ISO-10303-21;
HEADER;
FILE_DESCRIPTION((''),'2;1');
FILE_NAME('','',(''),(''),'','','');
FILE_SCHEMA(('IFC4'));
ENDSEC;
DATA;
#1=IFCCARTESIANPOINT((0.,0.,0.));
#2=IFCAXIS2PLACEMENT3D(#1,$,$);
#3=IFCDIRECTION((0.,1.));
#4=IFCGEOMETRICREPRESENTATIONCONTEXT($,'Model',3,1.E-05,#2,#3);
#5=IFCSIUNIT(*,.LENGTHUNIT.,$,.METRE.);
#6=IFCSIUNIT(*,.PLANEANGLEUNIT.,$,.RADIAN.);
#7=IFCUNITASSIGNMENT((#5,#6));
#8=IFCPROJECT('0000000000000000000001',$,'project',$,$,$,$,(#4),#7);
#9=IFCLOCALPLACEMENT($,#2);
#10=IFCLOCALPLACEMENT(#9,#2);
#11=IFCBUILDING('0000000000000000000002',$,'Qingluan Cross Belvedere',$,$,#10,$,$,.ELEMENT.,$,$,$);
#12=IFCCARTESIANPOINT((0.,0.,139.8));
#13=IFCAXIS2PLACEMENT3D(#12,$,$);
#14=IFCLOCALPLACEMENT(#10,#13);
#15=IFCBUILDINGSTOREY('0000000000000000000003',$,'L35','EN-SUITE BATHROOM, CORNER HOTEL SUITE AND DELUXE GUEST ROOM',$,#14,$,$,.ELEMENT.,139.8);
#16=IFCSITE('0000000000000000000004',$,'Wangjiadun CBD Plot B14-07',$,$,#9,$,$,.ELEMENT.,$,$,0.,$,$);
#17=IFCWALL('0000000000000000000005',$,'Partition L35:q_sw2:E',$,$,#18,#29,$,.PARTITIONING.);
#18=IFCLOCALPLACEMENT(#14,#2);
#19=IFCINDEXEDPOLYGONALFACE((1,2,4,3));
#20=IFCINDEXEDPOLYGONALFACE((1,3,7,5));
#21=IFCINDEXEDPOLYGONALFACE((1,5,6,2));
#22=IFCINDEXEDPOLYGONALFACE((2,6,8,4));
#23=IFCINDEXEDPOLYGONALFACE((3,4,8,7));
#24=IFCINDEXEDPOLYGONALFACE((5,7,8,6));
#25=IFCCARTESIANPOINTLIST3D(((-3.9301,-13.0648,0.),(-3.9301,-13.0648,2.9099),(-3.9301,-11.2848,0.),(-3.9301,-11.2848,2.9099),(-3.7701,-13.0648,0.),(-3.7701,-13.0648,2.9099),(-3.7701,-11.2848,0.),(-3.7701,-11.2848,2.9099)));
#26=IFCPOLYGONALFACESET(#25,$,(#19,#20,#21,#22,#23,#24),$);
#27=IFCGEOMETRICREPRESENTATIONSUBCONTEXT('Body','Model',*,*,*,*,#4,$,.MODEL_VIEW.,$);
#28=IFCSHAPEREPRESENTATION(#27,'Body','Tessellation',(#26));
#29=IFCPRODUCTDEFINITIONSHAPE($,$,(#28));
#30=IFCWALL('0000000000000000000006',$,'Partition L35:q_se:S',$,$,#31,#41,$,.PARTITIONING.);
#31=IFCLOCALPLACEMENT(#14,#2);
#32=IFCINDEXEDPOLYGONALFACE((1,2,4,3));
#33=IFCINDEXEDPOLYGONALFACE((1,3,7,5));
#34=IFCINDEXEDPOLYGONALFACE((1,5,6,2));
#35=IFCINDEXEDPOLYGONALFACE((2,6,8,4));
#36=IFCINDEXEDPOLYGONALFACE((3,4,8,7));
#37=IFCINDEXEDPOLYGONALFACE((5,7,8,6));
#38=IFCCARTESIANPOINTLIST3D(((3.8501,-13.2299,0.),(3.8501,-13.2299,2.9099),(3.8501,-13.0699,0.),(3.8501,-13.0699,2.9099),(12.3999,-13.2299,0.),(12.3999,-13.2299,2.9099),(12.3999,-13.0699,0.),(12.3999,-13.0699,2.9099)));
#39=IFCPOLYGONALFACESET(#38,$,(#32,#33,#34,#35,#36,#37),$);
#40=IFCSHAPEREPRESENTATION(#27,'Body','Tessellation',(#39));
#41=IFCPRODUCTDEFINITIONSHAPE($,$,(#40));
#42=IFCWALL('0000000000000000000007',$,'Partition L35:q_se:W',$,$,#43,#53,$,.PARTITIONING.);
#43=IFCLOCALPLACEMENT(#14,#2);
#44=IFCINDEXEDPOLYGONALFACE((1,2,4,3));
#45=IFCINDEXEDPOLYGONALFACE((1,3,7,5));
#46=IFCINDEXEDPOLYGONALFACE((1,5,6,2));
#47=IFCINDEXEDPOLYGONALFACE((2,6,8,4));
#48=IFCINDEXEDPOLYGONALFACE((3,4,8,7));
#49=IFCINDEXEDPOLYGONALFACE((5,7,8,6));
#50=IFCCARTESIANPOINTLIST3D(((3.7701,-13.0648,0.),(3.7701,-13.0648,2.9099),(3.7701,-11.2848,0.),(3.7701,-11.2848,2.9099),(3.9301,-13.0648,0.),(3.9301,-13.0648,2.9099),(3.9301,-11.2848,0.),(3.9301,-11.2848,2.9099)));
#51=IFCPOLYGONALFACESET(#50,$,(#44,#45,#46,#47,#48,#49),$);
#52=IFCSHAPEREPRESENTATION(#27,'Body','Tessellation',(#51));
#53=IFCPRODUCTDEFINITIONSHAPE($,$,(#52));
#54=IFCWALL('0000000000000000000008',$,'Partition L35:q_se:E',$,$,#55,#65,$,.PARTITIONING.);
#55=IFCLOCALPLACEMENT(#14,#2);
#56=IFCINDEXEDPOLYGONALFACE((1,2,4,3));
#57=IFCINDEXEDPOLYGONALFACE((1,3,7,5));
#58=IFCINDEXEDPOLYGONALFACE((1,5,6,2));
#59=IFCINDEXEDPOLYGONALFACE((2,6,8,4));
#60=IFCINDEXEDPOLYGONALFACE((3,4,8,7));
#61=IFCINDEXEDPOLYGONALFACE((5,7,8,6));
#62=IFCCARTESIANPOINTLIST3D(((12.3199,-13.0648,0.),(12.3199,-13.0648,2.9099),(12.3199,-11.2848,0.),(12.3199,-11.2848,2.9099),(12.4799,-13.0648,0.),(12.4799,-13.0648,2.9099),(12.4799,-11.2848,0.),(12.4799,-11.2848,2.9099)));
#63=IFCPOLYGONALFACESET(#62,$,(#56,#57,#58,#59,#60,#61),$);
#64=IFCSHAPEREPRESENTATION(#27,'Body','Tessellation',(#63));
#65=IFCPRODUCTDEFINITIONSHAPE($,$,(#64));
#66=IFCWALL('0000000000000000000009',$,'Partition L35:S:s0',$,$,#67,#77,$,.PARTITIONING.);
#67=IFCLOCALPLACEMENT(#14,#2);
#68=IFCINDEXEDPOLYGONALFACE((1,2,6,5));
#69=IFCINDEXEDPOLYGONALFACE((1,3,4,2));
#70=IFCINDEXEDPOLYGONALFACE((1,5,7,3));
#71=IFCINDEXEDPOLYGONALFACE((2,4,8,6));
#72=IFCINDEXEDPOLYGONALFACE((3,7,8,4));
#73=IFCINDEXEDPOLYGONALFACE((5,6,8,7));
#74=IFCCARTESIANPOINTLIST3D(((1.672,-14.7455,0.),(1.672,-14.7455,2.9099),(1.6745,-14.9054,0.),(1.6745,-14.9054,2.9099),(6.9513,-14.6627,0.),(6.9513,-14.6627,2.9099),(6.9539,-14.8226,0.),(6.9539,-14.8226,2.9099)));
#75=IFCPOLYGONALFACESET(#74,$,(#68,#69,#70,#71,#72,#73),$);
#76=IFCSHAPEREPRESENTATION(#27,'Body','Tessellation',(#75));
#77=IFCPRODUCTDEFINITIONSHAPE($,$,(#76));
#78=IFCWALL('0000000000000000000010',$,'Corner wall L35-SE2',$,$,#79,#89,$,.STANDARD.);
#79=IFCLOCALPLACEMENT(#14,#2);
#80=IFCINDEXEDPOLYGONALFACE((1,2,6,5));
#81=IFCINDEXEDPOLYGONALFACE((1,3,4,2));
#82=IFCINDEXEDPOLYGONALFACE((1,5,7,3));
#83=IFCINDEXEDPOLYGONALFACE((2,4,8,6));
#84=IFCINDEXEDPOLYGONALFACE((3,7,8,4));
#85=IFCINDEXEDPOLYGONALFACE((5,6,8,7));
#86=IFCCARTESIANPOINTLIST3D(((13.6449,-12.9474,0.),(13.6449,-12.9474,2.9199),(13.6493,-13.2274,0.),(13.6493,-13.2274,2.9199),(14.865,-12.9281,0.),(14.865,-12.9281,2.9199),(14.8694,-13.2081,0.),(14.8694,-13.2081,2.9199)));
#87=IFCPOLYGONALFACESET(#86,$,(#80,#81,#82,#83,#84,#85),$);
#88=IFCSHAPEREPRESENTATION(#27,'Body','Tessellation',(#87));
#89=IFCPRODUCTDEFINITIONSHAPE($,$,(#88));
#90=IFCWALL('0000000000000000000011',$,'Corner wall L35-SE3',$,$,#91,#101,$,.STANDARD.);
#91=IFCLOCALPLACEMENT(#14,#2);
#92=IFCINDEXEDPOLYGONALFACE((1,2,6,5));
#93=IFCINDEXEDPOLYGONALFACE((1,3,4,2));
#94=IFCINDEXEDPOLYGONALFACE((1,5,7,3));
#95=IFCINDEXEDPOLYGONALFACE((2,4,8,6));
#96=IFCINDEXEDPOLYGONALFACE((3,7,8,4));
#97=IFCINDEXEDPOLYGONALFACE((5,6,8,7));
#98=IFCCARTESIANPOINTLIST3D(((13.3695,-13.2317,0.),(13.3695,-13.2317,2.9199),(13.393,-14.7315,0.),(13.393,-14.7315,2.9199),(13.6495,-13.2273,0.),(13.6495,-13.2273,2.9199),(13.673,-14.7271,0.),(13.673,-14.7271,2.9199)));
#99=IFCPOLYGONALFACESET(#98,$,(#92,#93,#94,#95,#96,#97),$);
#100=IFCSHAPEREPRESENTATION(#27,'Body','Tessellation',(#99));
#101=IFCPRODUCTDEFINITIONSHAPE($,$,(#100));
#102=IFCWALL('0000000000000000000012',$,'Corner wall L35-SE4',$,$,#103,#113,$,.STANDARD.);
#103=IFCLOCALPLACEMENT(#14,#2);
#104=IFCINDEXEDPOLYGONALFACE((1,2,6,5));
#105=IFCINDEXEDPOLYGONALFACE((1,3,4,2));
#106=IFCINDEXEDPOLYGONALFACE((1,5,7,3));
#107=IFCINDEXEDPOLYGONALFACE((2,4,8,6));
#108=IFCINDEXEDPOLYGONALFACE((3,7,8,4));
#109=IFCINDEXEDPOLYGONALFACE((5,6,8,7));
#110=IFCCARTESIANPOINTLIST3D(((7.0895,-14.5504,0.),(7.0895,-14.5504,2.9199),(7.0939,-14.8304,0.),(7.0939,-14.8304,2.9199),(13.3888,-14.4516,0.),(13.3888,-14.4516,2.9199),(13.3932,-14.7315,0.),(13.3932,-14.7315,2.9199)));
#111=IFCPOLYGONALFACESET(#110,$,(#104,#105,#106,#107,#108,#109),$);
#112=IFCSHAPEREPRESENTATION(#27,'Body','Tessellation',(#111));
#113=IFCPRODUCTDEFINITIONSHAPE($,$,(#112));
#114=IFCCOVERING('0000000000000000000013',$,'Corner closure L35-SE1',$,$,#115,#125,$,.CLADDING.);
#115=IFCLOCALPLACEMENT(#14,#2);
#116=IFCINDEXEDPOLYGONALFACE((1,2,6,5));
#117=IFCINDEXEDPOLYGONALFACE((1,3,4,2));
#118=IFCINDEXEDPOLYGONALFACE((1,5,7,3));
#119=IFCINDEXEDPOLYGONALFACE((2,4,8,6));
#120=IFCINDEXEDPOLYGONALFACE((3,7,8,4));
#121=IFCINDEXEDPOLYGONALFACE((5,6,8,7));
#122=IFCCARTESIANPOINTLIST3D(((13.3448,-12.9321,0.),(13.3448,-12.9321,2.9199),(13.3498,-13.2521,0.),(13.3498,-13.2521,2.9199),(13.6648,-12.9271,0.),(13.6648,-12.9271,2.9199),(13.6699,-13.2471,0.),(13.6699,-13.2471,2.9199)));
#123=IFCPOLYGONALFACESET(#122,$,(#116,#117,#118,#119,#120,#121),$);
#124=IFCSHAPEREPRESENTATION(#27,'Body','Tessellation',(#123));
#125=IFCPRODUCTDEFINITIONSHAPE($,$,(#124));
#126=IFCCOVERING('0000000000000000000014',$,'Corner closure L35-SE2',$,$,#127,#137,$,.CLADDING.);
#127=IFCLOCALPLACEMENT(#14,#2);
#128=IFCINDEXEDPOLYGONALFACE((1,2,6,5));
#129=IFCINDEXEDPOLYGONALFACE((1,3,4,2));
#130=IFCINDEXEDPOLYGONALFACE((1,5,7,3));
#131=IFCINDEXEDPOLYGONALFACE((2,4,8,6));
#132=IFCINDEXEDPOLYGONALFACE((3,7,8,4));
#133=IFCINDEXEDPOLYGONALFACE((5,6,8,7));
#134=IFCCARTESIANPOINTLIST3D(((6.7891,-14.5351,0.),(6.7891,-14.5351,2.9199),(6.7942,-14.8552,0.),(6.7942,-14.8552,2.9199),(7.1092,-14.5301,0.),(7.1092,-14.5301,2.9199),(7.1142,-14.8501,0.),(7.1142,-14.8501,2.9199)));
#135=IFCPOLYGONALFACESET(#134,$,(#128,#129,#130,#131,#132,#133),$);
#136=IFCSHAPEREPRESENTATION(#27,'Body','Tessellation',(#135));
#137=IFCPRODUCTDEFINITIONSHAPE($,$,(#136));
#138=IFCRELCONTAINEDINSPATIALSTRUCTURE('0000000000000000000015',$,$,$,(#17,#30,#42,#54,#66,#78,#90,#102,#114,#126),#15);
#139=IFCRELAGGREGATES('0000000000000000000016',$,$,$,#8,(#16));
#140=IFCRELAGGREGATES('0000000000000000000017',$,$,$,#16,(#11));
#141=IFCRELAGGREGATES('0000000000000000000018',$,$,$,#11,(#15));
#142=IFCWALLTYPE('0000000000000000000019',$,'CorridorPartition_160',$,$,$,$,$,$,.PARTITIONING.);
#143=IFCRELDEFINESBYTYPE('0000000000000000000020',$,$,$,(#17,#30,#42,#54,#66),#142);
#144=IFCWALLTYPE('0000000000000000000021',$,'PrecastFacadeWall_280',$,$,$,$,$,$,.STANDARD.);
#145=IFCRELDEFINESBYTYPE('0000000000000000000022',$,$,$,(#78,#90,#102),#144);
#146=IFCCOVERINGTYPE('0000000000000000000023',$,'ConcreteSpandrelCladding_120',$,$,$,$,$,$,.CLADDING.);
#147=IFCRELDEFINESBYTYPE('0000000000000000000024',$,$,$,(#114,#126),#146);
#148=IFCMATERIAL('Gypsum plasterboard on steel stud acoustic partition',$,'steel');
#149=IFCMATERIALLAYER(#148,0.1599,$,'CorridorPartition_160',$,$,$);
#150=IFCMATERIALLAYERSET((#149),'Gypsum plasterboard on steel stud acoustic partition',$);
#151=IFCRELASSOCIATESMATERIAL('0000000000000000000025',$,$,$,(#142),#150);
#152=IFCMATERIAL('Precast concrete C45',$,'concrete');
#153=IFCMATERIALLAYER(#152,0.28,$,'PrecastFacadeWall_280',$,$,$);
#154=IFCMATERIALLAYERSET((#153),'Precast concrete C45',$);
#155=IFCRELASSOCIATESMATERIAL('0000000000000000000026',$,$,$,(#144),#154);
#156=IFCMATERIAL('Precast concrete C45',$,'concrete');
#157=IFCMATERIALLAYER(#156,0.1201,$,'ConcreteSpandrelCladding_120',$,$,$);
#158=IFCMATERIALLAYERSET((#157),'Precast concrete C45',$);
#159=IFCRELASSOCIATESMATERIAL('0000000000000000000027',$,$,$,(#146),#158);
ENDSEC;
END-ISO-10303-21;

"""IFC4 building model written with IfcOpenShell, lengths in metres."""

from ifc_helpers import new_model, si_unit, direction, frame, frame_2d, origin, origin_2d, place, context, subcontext, project, spatial, rectangle, extrude, material, layer, layer_set, type_object, element, save


model = new_model("IFC4")

# Units and contexts
model_context = context("Model", 3, precision=1e-05, world=origin(), true_north=direction((0.0, 1.0)))
body_context = subcontext(model_context, "Body", "Model", "MODEL_VIEW")
ifc_project = project(units=[si_unit("LENGTHUNIT", "METRE"), si_unit("PLANEANGLEUNIT", "RADIAN")], contexts=[model_context])

# Site, building, storey
site_placement = place(None, origin())
site = spatial("IfcSite", under=ifc_project, at=site_placement, Name="Wangjiadun CBD Plot B14-07", CompositionType="ELEMENT", RefElevation=0.0)
building_placement = place(site_placement, origin())
building = spatial("IfcBuilding", under=site, at=building_placement, Name="Qingluan Cross Belvedere", CompositionType="ELEMENT")
storey_placement = place(building_placement, frame((0.0, 0.0, 139.8)))
storey = spatial("IfcBuildingStorey", under=building, at=storey_placement, Name="L35", Description="EN-SUITE BATHROOM, CORNER HOTEL SUITE AND DELUXE GUEST ROOM", CompositionType="ELEMENT", Elevation=139.8)

# Walls
ifc_material_1 = material(Name="Gypsum plasterboard on steel stud acoustic partition", Category="steel")
ifc_layer_1 = layer(ifc_material_1, 0.1599, Name="CorridorPartition_160")
ifc_layer_set_1 = layer_set([ifc_layer_1], Name="Gypsum plasterboard on steel stud acoustic partition")
wall_type_1 = type_object("IfcWallType", Name="CorridorPartition_160", PredefinedType="PARTITIONING", material=ifc_layer_set_1)
wall_1_placement = place(storey_placement, frame((-3.8501, -13.0649, 0.0), z_axis=(0.0, 0.0, 1.0), x_axis=(0.0, 1.0, 0.0)))
element("IfcWall", 1, at=wall_1_placement, inside=storey, type_object=wall_type_1, Name="Partition L35:q_sw2:E", PredefinedType="PARTITIONING", context=body_context, shape_type="SweptSolid", body=[
    extrude(rectangle(XDim=1.78, YDim=0.1599, at=frame_2d((0.8901, 0.0))), origin(), (0.0, 0.0, 1.0), 2.9099),
])
wall_2_placement = place(storey_placement, frame((3.8501, -13.1499, 0.0), z_axis=(0.0, 0.0, 1.0), x_axis=(1.0, 0.0, 0.0)))
element("IfcWall", 2, at=wall_2_placement, inside=storey, type_object=wall_type_1, Name="Partition L35:q_se:S", PredefinedType="PARTITIONING", context=body_context, shape_type="SweptSolid", body=[
    extrude(rectangle(XDim=8.5498, YDim=0.1599, at=frame_2d((4.2749, 0.0))), origin(), (0.0, 0.0, 1.0), 2.9099),
])
for number, where, z_axis, x_axis, name in (
    (3, (3.8501, -13.0649, 0.0), (0.0, 0.0, 1.0), (0.0, 1.0, 0.0), "Partition L35:q_se:W"),
    (4, (12.3999, -13.0649, 0.0), (0.0, 0.0, 1.0), (0.0, 1.0, 0.0), "Partition L35:q_se:E"),
):
    element("IfcWall", number, at=place(storey_placement, frame(where, z_axis=z_axis, x_axis=x_axis)), inside=storey, type_object=wall_type_1, Name=name, PredefinedType="PARTITIONING", context=body_context, shape_type="SweptSolid", body=[
        extrude(rectangle(XDim=1.78, YDim=0.1599, at=frame_2d((0.8901, 0.0))), origin(), (0.0, 0.0, 1.0), 2.9099),
    ])
wall_3_placement = place(storey_placement, frame((1.6731, -14.8254, 0.0), z_axis=(0.0, 0.0, 1.0), x_axis=(0.999877, 0.015675, 0.0)))
element("IfcWall", 5, at=wall_3_placement, inside=storey, type_object=wall_type_1, Name="Partition L35:S:s0", PredefinedType="PARTITIONING", context=body_context, shape_type="SweptSolid", body=[
    extrude(rectangle(XDim=5.28, YDim=0.1599, at=frame_2d((2.6401, 0.0))), origin(), (0.0, 0.0, 1.0), 2.9099),
])
ifc_material_2 = material(Name="Precast concrete C45", Category="concrete")
ifc_layer_2 = layer(ifc_material_2, 0.28, Name="PrecastFacadeWall_280")
ifc_layer_set_2 = layer_set([ifc_layer_2], Name="Precast concrete C45")
wall_type_2 = type_object("IfcWallType", Name="PrecastFacadeWall_280", PredefinedType="STANDARD", material=ifc_layer_set_2)
wall_4_placement = place(storey_placement, frame((14.8672, -13.0681, 0.0), z_axis=(0.0, 0.0, 1.0), x_axis=(-0.999875, -0.015808, 0.0)))
element("IfcWall", 6, at=wall_4_placement, inside=storey, type_object=wall_type_2, Name="Corner wall L35-SE2", PredefinedType="STANDARD", context=body_context, shape_type="SweptSolid", body=[
    extrude(rectangle(XDim=1.2202, YDim=0.28, at=frame_2d((0.6101, 0.0))), origin(), (0.0, 0.0, 1.0), 2.9199),
])
wall_5_placement = place(storey_placement, frame((13.5095, -13.2295, 0.0), z_axis=(0.0, 0.0, 1.0), x_axis=(0.015626, -0.999878, 0.0)))
element("IfcWall", 7, at=wall_5_placement, inside=storey, type_object=wall_type_2, Name="Corner wall L35-SE3", PredefinedType="STANDARD", context=body_context, shape_type="SweptSolid", body=[
    extrude(rectangle(XDim=1.5, YDim=0.28, at=frame_2d((0.75, 0.0))), origin(), (0.0, 0.0, 1.0), 2.9199),
])
wall_6_placement = place(storey_placement, frame((13.3909, -14.5916, 0.0), z_axis=(0.0, 0.0, 1.0), x_axis=(-0.999877, -0.015695, 0.0)))
element("IfcWall", 8, at=wall_6_placement, inside=storey, type_object=wall_type_2, Name="Corner wall L35-SE4", PredefinedType="STANDARD", context=body_context, shape_type="SweptSolid", body=[
    extrude(rectangle(XDim=6.3, YDim=0.28, at=frame_2d((3.1499, 0.0))), origin(), (0.0, 0.0, 1.0), 2.9199),
])

# Coverings
ifc_material_3 = material(Name="Precast concrete C45", Category="concrete")
ifc_layer_3 = layer(ifc_material_3, 0.1201, Name="ConcreteSpandrelCladding_120")
ifc_layer_set_3 = layer_set([ifc_layer_3], Name="Precast concrete C45")
covering_type = type_object("IfcCoveringType", Name="ConcreteSpandrelCladding_120", PredefinedType="CLADDING", material=ifc_layer_set_3)
for number, where, z_axis, x_axis, name in (
    (9, (13.5073, -13.0896, 0.0), (0.0, 0.0, 1.0), (0.999877, 0.015707, 0.0), "Corner closure L35-SE1"),
    (10, (6.9517, -14.6926, 0.0), (0.0, 0.0, 1.0), (0.999877, 0.015707, 0.0), "Corner closure L35-SE2"),
):
    element("IfcCovering", number, at=place(storey_placement, frame(where, z_axis=z_axis, x_axis=x_axis)), inside=storey, type_object=covering_type, Name=name, PredefinedType="CLADDING", context=body_context, shape_type="SweptSolid", body=[
        extrude(rectangle(XDim=0.3201, YDim=0.3201, at=origin_2d()), origin(), (0.0, 0.0, 1.0), 2.9199),
    ])

save(model, "model.ifc")
